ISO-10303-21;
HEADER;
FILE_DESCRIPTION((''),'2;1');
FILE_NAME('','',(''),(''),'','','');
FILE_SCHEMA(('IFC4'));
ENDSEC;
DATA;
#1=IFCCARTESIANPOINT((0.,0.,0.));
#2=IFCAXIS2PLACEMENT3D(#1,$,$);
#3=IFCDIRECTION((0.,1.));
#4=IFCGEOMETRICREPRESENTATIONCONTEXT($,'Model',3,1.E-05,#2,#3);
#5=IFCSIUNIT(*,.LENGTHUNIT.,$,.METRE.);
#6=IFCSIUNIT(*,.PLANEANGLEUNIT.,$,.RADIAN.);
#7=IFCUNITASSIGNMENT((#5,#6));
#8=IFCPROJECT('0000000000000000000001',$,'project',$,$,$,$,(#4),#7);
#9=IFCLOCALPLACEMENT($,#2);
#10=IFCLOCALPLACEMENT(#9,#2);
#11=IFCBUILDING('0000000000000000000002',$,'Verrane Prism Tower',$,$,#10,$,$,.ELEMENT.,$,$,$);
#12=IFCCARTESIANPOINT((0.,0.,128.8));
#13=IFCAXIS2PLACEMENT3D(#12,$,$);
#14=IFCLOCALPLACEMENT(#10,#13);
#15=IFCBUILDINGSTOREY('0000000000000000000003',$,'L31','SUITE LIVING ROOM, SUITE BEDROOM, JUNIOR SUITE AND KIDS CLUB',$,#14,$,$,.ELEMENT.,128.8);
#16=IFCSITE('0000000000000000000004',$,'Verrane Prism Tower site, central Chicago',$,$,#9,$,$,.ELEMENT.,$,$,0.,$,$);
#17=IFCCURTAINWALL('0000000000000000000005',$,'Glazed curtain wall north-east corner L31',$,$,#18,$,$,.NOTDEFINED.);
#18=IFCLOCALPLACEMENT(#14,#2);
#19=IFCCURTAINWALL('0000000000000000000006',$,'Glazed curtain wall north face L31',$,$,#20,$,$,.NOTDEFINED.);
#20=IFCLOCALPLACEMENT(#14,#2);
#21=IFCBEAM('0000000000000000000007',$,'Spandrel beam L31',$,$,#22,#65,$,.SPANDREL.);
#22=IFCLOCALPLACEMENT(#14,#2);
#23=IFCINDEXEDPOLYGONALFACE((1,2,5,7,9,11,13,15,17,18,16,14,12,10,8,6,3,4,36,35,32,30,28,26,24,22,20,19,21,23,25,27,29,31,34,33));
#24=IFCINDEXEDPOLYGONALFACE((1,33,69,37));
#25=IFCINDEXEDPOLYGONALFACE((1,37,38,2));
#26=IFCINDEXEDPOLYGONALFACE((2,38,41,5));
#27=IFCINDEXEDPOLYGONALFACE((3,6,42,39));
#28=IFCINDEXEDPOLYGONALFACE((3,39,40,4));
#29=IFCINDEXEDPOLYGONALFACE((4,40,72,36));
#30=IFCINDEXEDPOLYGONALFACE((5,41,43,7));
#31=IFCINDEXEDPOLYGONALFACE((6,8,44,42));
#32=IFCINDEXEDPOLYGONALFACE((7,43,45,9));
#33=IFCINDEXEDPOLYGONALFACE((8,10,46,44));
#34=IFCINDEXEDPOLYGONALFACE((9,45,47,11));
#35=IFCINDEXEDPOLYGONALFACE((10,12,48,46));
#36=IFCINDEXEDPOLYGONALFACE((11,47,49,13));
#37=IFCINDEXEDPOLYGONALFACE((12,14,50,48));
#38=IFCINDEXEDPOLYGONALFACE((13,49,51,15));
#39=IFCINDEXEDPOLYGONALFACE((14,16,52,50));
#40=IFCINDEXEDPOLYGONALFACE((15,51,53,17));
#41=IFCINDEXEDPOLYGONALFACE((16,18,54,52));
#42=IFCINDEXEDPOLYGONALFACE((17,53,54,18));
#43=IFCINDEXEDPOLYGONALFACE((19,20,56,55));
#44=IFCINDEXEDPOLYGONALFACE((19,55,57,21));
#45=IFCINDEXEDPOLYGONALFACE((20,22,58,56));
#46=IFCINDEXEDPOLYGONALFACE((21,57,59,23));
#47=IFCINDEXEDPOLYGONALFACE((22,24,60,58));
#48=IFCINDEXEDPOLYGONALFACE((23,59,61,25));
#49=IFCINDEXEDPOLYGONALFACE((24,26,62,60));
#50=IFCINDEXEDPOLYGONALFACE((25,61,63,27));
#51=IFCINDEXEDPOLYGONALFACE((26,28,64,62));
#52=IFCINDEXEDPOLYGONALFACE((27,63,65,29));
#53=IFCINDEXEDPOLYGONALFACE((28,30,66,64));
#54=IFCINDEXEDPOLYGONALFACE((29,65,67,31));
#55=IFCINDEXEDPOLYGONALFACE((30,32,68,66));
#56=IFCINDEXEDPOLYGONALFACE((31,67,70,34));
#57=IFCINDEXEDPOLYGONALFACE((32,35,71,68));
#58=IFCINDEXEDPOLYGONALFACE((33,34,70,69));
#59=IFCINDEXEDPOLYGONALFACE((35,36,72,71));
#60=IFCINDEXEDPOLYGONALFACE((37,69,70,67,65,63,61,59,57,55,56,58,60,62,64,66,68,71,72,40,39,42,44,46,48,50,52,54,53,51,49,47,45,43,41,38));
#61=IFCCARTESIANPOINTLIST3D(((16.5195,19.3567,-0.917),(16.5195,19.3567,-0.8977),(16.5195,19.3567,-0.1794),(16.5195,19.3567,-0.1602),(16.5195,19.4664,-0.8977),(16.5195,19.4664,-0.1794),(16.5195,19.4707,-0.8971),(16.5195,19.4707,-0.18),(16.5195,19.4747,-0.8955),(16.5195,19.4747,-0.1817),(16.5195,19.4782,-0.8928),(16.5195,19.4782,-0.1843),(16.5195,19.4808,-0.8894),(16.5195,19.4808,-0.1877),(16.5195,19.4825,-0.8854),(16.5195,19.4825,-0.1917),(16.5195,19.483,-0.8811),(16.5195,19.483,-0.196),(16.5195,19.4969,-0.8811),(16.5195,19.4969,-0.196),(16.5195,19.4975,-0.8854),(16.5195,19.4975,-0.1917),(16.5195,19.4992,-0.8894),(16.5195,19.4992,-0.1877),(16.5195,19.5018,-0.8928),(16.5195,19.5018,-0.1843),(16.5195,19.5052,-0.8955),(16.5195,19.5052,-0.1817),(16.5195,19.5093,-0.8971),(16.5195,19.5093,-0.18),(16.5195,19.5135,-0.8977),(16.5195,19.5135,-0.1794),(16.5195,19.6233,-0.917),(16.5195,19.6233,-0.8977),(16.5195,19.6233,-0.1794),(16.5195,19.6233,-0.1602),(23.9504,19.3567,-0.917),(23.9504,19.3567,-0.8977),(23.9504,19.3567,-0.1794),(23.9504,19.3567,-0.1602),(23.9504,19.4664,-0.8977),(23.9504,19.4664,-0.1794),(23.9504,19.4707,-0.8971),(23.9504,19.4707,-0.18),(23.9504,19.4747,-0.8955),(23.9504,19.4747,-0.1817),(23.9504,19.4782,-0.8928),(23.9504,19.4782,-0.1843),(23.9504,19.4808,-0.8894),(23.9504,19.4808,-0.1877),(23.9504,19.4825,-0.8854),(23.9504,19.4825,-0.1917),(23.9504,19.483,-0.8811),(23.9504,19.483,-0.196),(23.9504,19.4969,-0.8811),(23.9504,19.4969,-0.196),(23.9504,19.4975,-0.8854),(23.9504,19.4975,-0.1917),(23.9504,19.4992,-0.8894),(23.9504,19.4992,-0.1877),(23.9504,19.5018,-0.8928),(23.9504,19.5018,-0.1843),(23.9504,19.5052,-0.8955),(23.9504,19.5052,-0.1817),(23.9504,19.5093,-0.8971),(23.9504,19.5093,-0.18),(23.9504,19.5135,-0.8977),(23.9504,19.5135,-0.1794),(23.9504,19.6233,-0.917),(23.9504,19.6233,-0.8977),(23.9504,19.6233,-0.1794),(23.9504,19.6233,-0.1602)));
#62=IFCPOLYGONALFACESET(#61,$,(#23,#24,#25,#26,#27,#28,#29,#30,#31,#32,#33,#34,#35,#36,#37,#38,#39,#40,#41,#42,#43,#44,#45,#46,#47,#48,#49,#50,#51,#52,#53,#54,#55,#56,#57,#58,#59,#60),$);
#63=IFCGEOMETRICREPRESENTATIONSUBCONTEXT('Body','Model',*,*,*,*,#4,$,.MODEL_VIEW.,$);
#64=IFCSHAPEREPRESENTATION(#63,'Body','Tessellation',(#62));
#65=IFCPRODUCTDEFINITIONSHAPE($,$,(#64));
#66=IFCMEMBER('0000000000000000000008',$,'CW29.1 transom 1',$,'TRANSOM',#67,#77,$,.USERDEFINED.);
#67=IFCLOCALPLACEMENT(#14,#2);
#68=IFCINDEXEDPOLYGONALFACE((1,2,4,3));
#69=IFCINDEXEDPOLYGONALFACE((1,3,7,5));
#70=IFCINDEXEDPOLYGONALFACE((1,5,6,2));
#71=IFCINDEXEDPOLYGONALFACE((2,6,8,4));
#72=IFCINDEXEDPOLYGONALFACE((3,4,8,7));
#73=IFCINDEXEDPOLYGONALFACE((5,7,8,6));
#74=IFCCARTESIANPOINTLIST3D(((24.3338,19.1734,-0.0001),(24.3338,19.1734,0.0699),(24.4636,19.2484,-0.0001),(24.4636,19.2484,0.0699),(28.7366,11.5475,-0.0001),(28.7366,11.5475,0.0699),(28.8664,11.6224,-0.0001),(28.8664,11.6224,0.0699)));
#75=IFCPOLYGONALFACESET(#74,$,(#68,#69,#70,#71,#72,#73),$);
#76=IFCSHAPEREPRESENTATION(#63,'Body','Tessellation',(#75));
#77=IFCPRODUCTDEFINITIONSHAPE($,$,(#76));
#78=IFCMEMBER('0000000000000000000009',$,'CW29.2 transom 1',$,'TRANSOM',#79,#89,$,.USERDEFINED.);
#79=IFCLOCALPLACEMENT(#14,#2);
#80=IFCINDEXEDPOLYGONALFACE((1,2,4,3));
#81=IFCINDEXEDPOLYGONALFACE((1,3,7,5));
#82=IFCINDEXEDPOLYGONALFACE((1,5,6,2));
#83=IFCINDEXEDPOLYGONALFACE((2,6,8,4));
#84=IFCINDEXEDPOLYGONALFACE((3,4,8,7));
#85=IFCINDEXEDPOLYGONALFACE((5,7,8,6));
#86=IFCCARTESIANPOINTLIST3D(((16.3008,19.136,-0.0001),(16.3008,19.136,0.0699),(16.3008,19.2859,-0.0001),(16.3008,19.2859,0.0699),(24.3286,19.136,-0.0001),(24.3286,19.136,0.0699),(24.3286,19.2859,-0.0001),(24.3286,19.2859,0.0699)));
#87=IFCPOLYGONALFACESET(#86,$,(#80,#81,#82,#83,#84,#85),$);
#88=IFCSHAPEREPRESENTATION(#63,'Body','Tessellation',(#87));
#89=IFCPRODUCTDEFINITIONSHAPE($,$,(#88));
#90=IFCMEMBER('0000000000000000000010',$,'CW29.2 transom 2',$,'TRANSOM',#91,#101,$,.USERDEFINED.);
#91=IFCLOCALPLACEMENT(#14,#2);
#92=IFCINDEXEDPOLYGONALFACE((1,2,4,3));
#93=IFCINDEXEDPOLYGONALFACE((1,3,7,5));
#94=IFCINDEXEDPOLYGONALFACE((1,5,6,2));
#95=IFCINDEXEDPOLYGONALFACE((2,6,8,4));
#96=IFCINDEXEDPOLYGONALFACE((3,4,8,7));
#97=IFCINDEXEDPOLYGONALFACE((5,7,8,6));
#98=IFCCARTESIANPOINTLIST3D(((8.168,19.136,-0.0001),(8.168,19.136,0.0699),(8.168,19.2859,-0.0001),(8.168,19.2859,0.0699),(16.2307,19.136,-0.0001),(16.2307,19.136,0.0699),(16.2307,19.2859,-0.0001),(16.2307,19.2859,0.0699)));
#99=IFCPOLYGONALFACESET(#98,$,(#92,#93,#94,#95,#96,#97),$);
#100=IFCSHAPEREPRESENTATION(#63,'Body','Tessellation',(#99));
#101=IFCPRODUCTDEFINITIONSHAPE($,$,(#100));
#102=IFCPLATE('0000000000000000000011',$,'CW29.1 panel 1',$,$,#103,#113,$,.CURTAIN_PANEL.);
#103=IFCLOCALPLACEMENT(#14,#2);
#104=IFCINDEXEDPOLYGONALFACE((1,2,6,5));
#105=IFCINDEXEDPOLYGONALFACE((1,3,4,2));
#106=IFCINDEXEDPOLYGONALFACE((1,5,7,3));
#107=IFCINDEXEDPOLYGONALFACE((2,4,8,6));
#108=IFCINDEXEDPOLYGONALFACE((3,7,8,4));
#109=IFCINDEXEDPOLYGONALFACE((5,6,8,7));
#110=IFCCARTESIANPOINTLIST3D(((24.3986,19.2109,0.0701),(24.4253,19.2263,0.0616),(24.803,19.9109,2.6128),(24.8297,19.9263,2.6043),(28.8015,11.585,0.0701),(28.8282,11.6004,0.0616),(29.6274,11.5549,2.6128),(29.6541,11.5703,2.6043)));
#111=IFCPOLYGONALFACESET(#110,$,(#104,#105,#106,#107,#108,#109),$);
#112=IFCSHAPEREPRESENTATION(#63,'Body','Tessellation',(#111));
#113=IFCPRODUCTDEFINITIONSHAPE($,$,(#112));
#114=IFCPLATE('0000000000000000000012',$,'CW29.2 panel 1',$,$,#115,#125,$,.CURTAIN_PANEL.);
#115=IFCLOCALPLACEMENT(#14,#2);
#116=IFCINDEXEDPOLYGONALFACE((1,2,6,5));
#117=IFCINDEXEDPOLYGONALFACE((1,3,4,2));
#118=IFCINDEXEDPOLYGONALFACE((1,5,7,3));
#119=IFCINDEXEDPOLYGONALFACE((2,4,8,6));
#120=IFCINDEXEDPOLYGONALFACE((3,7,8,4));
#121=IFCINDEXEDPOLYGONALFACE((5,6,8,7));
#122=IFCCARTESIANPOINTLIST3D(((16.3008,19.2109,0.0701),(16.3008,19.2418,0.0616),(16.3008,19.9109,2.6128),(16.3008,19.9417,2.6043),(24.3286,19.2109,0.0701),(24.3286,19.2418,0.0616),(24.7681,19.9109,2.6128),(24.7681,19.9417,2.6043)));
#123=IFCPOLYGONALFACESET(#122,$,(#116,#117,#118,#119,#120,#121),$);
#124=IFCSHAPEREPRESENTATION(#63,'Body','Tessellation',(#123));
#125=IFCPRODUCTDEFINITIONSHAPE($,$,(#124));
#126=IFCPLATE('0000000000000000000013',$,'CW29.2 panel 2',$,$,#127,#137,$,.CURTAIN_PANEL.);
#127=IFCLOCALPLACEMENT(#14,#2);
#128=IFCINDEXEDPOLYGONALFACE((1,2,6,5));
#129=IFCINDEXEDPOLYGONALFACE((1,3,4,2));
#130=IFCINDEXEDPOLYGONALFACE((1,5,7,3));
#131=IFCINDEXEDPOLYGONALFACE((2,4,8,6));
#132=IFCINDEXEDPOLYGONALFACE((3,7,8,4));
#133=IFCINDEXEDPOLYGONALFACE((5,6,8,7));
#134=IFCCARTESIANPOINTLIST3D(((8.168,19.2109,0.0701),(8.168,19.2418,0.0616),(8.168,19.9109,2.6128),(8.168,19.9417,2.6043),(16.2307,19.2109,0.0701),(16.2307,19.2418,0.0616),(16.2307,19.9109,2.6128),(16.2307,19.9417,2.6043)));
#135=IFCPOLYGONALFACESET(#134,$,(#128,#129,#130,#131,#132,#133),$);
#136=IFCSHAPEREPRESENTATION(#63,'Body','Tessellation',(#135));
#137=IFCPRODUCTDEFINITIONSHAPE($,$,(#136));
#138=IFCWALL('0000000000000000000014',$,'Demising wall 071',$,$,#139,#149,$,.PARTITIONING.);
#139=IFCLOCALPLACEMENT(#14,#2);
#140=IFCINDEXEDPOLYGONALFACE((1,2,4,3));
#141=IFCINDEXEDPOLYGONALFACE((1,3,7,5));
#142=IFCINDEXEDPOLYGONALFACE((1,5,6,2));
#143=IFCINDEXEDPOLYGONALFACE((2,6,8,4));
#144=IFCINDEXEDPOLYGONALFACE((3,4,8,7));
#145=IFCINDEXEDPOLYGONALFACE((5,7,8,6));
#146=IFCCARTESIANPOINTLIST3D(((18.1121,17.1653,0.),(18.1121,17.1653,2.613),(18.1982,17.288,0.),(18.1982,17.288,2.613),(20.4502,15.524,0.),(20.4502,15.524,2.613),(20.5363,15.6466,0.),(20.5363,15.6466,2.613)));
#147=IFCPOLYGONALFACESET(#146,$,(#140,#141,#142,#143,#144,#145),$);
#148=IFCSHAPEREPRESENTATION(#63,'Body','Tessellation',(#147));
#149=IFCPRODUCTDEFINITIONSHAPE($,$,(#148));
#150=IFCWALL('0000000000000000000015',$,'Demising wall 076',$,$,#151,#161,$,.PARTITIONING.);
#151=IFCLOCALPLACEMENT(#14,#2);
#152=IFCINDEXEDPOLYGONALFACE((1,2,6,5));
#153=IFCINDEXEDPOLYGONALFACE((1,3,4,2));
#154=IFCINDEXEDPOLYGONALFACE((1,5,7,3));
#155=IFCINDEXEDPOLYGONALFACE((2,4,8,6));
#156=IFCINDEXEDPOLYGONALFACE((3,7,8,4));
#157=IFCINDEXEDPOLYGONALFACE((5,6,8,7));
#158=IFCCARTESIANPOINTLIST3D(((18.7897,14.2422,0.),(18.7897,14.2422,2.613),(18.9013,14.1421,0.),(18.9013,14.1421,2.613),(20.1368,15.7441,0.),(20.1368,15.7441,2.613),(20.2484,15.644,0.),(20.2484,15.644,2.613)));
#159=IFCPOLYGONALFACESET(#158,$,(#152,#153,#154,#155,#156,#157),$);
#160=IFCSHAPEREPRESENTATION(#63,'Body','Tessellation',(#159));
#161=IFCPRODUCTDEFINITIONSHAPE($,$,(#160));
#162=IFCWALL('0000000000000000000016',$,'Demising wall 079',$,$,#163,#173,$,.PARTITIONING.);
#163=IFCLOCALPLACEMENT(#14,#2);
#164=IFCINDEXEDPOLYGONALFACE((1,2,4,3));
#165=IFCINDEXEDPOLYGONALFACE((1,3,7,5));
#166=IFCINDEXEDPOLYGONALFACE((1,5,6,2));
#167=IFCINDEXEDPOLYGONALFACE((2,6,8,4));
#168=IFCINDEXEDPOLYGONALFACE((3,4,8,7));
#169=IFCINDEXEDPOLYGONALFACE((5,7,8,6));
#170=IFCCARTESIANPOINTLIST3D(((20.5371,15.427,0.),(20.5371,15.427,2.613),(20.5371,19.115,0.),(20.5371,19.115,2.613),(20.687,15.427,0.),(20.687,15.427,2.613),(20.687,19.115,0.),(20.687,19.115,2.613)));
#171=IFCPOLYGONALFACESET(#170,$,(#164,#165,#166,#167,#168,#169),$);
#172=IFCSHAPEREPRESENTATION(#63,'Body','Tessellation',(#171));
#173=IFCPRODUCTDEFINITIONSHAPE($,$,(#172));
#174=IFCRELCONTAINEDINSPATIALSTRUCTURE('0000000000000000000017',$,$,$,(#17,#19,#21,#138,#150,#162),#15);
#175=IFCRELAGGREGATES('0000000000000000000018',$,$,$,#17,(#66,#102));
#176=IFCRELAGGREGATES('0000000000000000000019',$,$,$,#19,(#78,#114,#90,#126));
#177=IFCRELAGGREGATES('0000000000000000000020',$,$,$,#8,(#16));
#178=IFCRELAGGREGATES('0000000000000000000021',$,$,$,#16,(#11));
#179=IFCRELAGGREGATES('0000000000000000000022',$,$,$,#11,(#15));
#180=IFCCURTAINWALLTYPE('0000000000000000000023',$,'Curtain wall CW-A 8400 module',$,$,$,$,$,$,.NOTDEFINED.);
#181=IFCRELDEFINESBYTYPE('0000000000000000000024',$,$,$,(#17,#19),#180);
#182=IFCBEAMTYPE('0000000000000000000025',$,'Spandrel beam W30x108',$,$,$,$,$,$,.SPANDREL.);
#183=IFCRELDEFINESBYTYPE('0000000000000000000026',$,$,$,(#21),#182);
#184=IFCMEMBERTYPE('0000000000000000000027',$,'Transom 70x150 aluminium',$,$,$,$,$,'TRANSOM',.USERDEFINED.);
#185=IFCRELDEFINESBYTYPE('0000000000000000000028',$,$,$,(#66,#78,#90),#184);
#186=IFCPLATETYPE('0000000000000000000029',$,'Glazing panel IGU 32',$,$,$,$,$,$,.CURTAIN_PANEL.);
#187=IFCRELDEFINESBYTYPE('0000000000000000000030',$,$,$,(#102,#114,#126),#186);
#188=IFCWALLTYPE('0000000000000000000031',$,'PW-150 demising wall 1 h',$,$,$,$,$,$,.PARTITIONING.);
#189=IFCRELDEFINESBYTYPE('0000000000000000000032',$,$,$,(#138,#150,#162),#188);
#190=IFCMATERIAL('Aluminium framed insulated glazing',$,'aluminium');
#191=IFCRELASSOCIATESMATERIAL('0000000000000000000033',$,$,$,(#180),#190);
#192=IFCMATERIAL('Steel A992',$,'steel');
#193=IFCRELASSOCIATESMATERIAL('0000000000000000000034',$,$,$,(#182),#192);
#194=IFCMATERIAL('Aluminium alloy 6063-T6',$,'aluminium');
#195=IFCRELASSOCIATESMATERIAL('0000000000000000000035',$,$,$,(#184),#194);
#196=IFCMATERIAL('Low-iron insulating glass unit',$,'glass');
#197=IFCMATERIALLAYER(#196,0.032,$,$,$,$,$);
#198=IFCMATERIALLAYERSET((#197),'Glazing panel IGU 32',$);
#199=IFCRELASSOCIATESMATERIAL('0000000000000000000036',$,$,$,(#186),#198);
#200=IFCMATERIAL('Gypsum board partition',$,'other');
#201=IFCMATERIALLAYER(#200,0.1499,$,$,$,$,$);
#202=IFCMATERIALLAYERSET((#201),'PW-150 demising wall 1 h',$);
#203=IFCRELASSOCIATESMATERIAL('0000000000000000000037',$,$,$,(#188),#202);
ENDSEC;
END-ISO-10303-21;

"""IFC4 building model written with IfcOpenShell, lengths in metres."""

from ifc_helpers import new_model, si_unit, direction, frame, frame_2d, origin, origin_2d, place, context, subcontext, project, spatial, polyline, rectangle, i_section, outline, extrude, material, layer, layer_set, material_profile, profile_set, type_object, element, aggregate, save


model = new_model("IFC4")

# Units and contexts
model_context = context("Model", 3, precision=1e-05, world=origin(), true_north=direction((0.0, 1.0)))
body_context = subcontext(model_context, "Body", "Model", "MODEL_VIEW")
ifc_project = project(units=[si_unit("LENGTHUNIT", "METRE"), si_unit("PLANEANGLEUNIT", "RADIAN")], contexts=[model_context])

# Site, building, storey
site_placement = place(None, origin())
site = spatial("IfcSite", under=ifc_project, at=site_placement, Name="Verrane Prism Tower site, central Chicago", CompositionType="ELEMENT", RefElevation=0.0)
building_placement = place(site_placement, origin())
building = spatial("IfcBuilding", under=site, at=building_placement, Name="Verrane Prism Tower", CompositionType="ELEMENT")
storey_placement = place(building_placement, frame((0.0, 0.0, 128.8)))
storey = spatial("IfcBuildingStorey", under=building, at=storey_placement, Name="L31", Description="SUITE LIVING ROOM, SUITE BEDROOM, JUNIOR SUITE AND KIDS CLUB", CompositionType="ELEMENT", Elevation=128.8)

# Curtain wall
ifc_material_1 = material(Name="Aluminium framed insulated glazing", Category="aluminium")
curtain_wall_type = type_object("IfcCurtainWallType", Name="Curtain wall CW-A 8400 module", PredefinedType="NOTDEFINED", material=ifc_material_1)
curtain_wall_1_placement = place(storey_placement, origin())
curtain_wall_1 = element("IfcCurtainWall", 1, at=curtain_wall_1_placement, inside=storey, type_object=curtain_wall_type, Name="Glazed curtain wall north-east corner L31", PredefinedType="NOTDEFINED")

# Curtain wall
curtain_wall_2_placement = place(storey_placement, origin())
curtain_wall_2 = element("IfcCurtainWall", 2, at=curtain_wall_2_placement, inside=storey, type_object=curtain_wall_type, Name="Glazed curtain wall north face L31", PredefinedType="NOTDEFINED")

# Beam
ifc_material_2 = material(Name="Steel A992", Category="steel")
ifc_material_profile_1 = material_profile(ifc_material_2, i_section(OverallWidth=0.2666, OverallDepth=0.7568, WebThickness=0.0139, FlangeThickness=0.0193, FilletRadius=0.0166, at=origin_2d()), Name="W30x108")
ifc_profile_set_1 = profile_set([ifc_material_profile_1], Name="Steel A992")
beam_type_1 = type_object("IfcBeamType", Name="Spandrel beam W30x108", PredefinedType="SPANDREL", material=ifc_profile_set_1)
beam_1_placement = place(storey_placement, frame((23.9504, 19.49, -0.5386), z_axis=(-1.0, 0.0, 0.0), x_axis=(0.0, -1.0, 0.0)))
element("IfcBeam", 3, at=beam_1_placement, inside=storey, type_object=beam_type_1, Name="Spandrel beam L31", PredefinedType="SPANDREL", context=body_context, shape_type="SweptSolid", body=[
    extrude(i_section(OverallWidth=0.2666, OverallDepth=0.7568, WebThickness=0.0139, FlangeThickness=0.0193, FilletRadius=0.0166, at=origin_2d()), origin(), (0.0, 0.0, 1.0), 7.4309),
])

# Members
ifc_material_3 = material(Name="Aluminium alloy 6063-T6", Category="aluminium")
ifc_material_profile_2 = material_profile(ifc_material_3, rectangle(XDim=0.1499, YDim=0.0701, at=origin_2d()), Name="Transom 70x150 aluminium")
ifc_profile_set_2 = profile_set([ifc_material_profile_2], Name="Aluminium alloy 6063-T6")
member_type_1 = type_object("IfcMemberType", Name="Transom 70x150 aluminium", ElementType="TRANSOM", PredefinedType="USERDEFINED", material=ifc_profile_set_2)
member_1_placement = place(storey_placement, frame((28.8015, 11.585, 0.0349), z_axis=(-0.499998, 0.866027, 0.0), x_axis=(-0.866027, -0.499998, 0.0)))
member_1 = element("IfcMember", 4, at=member_1_placement, type_object=member_type_1, Name="CW29.1 transom 1", ObjectType="TRANSOM", PredefinedType="USERDEFINED", context=body_context, shape_type="SweptSolid", body=[
    extrude(rectangle(XDim=0.1499, YDim=0.0701, at=origin_2d()), origin(), (0.0, 0.0, 1.0), 8.8057),
])
member_2_placement = place(storey_placement, frame((24.3286, 19.2109, 0.0349), z_axis=(-1.0, 0.0, 0.0), x_axis=(0.0, -1.0, 0.0)))
member_2 = element("IfcMember", 5, at=member_2_placement, type_object=member_type_1, Name="CW29.2 transom 1", ObjectType="TRANSOM", PredefinedType="USERDEFINED", context=body_context, shape_type="SweptSolid", body=[
    extrude(rectangle(XDim=0.1499, YDim=0.0701, at=origin_2d()), origin(), (0.0, 0.0, 1.0), 8.0278),
])
member_3_placement = place(storey_placement, frame((16.2307, 19.2109, 0.0349), z_axis=(-1.0, 0.0, 0.0), x_axis=(0.0, -1.0, 0.0)))
member_3 = element("IfcMember", 6, at=member_3_placement, type_object=member_type_1, Name="CW29.2 transom 2", ObjectType="TRANSOM", PredefinedType="USERDEFINED", context=body_context, shape_type="SweptSolid", body=[
    extrude(rectangle(XDim=0.1499, YDim=0.0701, at=origin_2d()), origin(), (0.0, 0.0, 1.0), 8.0627),
])

# Plates
ifc_material_4 = material(Name="Low-iron insulating glass unit", Category="glass")
ifc_layer_1 = layer(ifc_material_4, 0.032)
ifc_layer_set_1 = layer_set([ifc_layer_1], Name="Glazing panel IGU 32")
plate_type = type_object("IfcPlateType", Name="Glazing panel IGU 32", PredefinedType="CURTAIN_PANEL", material=ifc_layer_set_1)
plate_1_placement = place(storey_placement, frame((28.8015, 11.585, 0.0701), z_axis=(-0.834945, -0.482062, 0.265486), x_axis=(-0.500004, 0.866023, 0.000002)))
plate_1 = element("IfcPlate", 7, at=plate_1_placement, type_object=plate_type, Name="CW29.1 panel 1", PredefinedType="CURTAIN_PANEL", context=body_context, shape_type="SweptSolid", body=[
    extrude(outline(polyline([(0.0, 0.0), (8.8057, 0.0), (9.2097, -2.6373), (-0.439, -2.6374), (0.0, 0.0)])), origin(), (0.0, 0.0, -1.0), 0.032),
])
aggregate(curtain_wall_1, [member_1, plate_1])
plate_2_placement = place(storey_placement, frame((24.3286, 19.2109, 0.0701), z_axis=(0.0, -0.964137, 0.265404), x_axis=(-1.0, 0.0, 0.0)))
plate_2 = element("IfcPlate", 8, at=plate_2_placement, type_object=plate_type, Name="CW29.2 panel 1", PredefinedType="CURTAIN_PANEL", context=body_context, shape_type="SweptSolid", body=[
    extrude(outline(polyline([(0.0, 0.0), (8.0278, 0.0), (8.0278, -2.6373), (-0.4395, -2.6373), (0.0, 0.0)])), origin(), (0.0, 0.0, -1.0), 0.032),
])
plate_3_placement = place(storey_placement, frame((16.2307, 19.2109, 0.0701), z_axis=(0.0, -0.964137, 0.265404), x_axis=(-1.0, 0.0, 0.0)))
plate_3 = element("IfcPlate", 9, at=plate_3_placement, type_object=plate_type, Name="CW29.2 panel 2", PredefinedType="CURTAIN_PANEL", context=body_context, shape_type="SweptSolid", body=[
    extrude(outline(polyline([(0.0, 0.0), (8.0627, 0.0), (8.0627, -2.6373), (0.0, -2.6373), (0.0, 0.0)])), origin(), (0.0, 0.0, -1.0), 0.032),
])
aggregate(curtain_wall_2, [member_2, plate_2, member_3, plate_3])

# Walls
ifc_material_5 = material(Name="Gypsum board partition", Category="other")
ifc_layer_2 = layer(ifc_material_5, 0.1499)
ifc_layer_set_2 = layer_set([ifc_layer_2], Name="PW-150 demising wall 1 h")
wall_type_1 = type_object("IfcWallType", Name="PW-150 demising wall 1 h", PredefinedType="PARTITIONING", material=ifc_layer_set_2)
wall_1_placement = place(storey_placement, frame((18.1553, 17.2266, 0.0), z_axis=(0.0, 0.0, 1.0), x_axis=(0.818464, -0.574557, 0.0)))
element("IfcWall", 10, at=wall_1_placement, inside=storey, type_object=wall_type_1, Name="Demising wall 071", PredefinedType="PARTITIONING", context=body_context, shape_type="SweptSolid", body=[
    extrude(rectangle(XDim=2.8567, YDim=0.1499, at=frame_2d((1.4282, 0.0))), origin(), (0.0, 0.0, 1.0), 2.613),
])
wall_2_placement = place(storey_placement, frame((18.8455, 14.1921, 0.0), z_axis=(0.0, 0.0, 1.0), x_axis=(0.667707, 0.744424, 0.0)))
element("IfcWall", 11, at=wall_2_placement, inside=storey, type_object=wall_type_1, Name="Demising wall 076", PredefinedType="PARTITIONING", context=body_context, shape_type="SweptSolid", body=[
    extrude(rectangle(XDim=2.0176, YDim=0.1499, at=frame_2d((1.0088, 0.0))), origin(), (0.0, 0.0, 1.0), 2.613),
])
wall_3_placement = place(storey_placement, frame((20.6121, 15.427, 0.0), z_axis=(0.0, 0.0, 1.0), x_axis=(0.0, 1.0, 0.0)))
element("IfcWall", 12, at=wall_3_placement, inside=storey, type_object=wall_type_1, Name="Demising wall 079", PredefinedType="PARTITIONING", context=body_context, shape_type="SweptSolid", body=[
    extrude(rectangle(XDim=3.688, YDim=0.1499, at=frame_2d((1.844, 0.0))), origin(), (0.0, 0.0, 1.0), 2.613),
])

save(model, "model.ifc")
